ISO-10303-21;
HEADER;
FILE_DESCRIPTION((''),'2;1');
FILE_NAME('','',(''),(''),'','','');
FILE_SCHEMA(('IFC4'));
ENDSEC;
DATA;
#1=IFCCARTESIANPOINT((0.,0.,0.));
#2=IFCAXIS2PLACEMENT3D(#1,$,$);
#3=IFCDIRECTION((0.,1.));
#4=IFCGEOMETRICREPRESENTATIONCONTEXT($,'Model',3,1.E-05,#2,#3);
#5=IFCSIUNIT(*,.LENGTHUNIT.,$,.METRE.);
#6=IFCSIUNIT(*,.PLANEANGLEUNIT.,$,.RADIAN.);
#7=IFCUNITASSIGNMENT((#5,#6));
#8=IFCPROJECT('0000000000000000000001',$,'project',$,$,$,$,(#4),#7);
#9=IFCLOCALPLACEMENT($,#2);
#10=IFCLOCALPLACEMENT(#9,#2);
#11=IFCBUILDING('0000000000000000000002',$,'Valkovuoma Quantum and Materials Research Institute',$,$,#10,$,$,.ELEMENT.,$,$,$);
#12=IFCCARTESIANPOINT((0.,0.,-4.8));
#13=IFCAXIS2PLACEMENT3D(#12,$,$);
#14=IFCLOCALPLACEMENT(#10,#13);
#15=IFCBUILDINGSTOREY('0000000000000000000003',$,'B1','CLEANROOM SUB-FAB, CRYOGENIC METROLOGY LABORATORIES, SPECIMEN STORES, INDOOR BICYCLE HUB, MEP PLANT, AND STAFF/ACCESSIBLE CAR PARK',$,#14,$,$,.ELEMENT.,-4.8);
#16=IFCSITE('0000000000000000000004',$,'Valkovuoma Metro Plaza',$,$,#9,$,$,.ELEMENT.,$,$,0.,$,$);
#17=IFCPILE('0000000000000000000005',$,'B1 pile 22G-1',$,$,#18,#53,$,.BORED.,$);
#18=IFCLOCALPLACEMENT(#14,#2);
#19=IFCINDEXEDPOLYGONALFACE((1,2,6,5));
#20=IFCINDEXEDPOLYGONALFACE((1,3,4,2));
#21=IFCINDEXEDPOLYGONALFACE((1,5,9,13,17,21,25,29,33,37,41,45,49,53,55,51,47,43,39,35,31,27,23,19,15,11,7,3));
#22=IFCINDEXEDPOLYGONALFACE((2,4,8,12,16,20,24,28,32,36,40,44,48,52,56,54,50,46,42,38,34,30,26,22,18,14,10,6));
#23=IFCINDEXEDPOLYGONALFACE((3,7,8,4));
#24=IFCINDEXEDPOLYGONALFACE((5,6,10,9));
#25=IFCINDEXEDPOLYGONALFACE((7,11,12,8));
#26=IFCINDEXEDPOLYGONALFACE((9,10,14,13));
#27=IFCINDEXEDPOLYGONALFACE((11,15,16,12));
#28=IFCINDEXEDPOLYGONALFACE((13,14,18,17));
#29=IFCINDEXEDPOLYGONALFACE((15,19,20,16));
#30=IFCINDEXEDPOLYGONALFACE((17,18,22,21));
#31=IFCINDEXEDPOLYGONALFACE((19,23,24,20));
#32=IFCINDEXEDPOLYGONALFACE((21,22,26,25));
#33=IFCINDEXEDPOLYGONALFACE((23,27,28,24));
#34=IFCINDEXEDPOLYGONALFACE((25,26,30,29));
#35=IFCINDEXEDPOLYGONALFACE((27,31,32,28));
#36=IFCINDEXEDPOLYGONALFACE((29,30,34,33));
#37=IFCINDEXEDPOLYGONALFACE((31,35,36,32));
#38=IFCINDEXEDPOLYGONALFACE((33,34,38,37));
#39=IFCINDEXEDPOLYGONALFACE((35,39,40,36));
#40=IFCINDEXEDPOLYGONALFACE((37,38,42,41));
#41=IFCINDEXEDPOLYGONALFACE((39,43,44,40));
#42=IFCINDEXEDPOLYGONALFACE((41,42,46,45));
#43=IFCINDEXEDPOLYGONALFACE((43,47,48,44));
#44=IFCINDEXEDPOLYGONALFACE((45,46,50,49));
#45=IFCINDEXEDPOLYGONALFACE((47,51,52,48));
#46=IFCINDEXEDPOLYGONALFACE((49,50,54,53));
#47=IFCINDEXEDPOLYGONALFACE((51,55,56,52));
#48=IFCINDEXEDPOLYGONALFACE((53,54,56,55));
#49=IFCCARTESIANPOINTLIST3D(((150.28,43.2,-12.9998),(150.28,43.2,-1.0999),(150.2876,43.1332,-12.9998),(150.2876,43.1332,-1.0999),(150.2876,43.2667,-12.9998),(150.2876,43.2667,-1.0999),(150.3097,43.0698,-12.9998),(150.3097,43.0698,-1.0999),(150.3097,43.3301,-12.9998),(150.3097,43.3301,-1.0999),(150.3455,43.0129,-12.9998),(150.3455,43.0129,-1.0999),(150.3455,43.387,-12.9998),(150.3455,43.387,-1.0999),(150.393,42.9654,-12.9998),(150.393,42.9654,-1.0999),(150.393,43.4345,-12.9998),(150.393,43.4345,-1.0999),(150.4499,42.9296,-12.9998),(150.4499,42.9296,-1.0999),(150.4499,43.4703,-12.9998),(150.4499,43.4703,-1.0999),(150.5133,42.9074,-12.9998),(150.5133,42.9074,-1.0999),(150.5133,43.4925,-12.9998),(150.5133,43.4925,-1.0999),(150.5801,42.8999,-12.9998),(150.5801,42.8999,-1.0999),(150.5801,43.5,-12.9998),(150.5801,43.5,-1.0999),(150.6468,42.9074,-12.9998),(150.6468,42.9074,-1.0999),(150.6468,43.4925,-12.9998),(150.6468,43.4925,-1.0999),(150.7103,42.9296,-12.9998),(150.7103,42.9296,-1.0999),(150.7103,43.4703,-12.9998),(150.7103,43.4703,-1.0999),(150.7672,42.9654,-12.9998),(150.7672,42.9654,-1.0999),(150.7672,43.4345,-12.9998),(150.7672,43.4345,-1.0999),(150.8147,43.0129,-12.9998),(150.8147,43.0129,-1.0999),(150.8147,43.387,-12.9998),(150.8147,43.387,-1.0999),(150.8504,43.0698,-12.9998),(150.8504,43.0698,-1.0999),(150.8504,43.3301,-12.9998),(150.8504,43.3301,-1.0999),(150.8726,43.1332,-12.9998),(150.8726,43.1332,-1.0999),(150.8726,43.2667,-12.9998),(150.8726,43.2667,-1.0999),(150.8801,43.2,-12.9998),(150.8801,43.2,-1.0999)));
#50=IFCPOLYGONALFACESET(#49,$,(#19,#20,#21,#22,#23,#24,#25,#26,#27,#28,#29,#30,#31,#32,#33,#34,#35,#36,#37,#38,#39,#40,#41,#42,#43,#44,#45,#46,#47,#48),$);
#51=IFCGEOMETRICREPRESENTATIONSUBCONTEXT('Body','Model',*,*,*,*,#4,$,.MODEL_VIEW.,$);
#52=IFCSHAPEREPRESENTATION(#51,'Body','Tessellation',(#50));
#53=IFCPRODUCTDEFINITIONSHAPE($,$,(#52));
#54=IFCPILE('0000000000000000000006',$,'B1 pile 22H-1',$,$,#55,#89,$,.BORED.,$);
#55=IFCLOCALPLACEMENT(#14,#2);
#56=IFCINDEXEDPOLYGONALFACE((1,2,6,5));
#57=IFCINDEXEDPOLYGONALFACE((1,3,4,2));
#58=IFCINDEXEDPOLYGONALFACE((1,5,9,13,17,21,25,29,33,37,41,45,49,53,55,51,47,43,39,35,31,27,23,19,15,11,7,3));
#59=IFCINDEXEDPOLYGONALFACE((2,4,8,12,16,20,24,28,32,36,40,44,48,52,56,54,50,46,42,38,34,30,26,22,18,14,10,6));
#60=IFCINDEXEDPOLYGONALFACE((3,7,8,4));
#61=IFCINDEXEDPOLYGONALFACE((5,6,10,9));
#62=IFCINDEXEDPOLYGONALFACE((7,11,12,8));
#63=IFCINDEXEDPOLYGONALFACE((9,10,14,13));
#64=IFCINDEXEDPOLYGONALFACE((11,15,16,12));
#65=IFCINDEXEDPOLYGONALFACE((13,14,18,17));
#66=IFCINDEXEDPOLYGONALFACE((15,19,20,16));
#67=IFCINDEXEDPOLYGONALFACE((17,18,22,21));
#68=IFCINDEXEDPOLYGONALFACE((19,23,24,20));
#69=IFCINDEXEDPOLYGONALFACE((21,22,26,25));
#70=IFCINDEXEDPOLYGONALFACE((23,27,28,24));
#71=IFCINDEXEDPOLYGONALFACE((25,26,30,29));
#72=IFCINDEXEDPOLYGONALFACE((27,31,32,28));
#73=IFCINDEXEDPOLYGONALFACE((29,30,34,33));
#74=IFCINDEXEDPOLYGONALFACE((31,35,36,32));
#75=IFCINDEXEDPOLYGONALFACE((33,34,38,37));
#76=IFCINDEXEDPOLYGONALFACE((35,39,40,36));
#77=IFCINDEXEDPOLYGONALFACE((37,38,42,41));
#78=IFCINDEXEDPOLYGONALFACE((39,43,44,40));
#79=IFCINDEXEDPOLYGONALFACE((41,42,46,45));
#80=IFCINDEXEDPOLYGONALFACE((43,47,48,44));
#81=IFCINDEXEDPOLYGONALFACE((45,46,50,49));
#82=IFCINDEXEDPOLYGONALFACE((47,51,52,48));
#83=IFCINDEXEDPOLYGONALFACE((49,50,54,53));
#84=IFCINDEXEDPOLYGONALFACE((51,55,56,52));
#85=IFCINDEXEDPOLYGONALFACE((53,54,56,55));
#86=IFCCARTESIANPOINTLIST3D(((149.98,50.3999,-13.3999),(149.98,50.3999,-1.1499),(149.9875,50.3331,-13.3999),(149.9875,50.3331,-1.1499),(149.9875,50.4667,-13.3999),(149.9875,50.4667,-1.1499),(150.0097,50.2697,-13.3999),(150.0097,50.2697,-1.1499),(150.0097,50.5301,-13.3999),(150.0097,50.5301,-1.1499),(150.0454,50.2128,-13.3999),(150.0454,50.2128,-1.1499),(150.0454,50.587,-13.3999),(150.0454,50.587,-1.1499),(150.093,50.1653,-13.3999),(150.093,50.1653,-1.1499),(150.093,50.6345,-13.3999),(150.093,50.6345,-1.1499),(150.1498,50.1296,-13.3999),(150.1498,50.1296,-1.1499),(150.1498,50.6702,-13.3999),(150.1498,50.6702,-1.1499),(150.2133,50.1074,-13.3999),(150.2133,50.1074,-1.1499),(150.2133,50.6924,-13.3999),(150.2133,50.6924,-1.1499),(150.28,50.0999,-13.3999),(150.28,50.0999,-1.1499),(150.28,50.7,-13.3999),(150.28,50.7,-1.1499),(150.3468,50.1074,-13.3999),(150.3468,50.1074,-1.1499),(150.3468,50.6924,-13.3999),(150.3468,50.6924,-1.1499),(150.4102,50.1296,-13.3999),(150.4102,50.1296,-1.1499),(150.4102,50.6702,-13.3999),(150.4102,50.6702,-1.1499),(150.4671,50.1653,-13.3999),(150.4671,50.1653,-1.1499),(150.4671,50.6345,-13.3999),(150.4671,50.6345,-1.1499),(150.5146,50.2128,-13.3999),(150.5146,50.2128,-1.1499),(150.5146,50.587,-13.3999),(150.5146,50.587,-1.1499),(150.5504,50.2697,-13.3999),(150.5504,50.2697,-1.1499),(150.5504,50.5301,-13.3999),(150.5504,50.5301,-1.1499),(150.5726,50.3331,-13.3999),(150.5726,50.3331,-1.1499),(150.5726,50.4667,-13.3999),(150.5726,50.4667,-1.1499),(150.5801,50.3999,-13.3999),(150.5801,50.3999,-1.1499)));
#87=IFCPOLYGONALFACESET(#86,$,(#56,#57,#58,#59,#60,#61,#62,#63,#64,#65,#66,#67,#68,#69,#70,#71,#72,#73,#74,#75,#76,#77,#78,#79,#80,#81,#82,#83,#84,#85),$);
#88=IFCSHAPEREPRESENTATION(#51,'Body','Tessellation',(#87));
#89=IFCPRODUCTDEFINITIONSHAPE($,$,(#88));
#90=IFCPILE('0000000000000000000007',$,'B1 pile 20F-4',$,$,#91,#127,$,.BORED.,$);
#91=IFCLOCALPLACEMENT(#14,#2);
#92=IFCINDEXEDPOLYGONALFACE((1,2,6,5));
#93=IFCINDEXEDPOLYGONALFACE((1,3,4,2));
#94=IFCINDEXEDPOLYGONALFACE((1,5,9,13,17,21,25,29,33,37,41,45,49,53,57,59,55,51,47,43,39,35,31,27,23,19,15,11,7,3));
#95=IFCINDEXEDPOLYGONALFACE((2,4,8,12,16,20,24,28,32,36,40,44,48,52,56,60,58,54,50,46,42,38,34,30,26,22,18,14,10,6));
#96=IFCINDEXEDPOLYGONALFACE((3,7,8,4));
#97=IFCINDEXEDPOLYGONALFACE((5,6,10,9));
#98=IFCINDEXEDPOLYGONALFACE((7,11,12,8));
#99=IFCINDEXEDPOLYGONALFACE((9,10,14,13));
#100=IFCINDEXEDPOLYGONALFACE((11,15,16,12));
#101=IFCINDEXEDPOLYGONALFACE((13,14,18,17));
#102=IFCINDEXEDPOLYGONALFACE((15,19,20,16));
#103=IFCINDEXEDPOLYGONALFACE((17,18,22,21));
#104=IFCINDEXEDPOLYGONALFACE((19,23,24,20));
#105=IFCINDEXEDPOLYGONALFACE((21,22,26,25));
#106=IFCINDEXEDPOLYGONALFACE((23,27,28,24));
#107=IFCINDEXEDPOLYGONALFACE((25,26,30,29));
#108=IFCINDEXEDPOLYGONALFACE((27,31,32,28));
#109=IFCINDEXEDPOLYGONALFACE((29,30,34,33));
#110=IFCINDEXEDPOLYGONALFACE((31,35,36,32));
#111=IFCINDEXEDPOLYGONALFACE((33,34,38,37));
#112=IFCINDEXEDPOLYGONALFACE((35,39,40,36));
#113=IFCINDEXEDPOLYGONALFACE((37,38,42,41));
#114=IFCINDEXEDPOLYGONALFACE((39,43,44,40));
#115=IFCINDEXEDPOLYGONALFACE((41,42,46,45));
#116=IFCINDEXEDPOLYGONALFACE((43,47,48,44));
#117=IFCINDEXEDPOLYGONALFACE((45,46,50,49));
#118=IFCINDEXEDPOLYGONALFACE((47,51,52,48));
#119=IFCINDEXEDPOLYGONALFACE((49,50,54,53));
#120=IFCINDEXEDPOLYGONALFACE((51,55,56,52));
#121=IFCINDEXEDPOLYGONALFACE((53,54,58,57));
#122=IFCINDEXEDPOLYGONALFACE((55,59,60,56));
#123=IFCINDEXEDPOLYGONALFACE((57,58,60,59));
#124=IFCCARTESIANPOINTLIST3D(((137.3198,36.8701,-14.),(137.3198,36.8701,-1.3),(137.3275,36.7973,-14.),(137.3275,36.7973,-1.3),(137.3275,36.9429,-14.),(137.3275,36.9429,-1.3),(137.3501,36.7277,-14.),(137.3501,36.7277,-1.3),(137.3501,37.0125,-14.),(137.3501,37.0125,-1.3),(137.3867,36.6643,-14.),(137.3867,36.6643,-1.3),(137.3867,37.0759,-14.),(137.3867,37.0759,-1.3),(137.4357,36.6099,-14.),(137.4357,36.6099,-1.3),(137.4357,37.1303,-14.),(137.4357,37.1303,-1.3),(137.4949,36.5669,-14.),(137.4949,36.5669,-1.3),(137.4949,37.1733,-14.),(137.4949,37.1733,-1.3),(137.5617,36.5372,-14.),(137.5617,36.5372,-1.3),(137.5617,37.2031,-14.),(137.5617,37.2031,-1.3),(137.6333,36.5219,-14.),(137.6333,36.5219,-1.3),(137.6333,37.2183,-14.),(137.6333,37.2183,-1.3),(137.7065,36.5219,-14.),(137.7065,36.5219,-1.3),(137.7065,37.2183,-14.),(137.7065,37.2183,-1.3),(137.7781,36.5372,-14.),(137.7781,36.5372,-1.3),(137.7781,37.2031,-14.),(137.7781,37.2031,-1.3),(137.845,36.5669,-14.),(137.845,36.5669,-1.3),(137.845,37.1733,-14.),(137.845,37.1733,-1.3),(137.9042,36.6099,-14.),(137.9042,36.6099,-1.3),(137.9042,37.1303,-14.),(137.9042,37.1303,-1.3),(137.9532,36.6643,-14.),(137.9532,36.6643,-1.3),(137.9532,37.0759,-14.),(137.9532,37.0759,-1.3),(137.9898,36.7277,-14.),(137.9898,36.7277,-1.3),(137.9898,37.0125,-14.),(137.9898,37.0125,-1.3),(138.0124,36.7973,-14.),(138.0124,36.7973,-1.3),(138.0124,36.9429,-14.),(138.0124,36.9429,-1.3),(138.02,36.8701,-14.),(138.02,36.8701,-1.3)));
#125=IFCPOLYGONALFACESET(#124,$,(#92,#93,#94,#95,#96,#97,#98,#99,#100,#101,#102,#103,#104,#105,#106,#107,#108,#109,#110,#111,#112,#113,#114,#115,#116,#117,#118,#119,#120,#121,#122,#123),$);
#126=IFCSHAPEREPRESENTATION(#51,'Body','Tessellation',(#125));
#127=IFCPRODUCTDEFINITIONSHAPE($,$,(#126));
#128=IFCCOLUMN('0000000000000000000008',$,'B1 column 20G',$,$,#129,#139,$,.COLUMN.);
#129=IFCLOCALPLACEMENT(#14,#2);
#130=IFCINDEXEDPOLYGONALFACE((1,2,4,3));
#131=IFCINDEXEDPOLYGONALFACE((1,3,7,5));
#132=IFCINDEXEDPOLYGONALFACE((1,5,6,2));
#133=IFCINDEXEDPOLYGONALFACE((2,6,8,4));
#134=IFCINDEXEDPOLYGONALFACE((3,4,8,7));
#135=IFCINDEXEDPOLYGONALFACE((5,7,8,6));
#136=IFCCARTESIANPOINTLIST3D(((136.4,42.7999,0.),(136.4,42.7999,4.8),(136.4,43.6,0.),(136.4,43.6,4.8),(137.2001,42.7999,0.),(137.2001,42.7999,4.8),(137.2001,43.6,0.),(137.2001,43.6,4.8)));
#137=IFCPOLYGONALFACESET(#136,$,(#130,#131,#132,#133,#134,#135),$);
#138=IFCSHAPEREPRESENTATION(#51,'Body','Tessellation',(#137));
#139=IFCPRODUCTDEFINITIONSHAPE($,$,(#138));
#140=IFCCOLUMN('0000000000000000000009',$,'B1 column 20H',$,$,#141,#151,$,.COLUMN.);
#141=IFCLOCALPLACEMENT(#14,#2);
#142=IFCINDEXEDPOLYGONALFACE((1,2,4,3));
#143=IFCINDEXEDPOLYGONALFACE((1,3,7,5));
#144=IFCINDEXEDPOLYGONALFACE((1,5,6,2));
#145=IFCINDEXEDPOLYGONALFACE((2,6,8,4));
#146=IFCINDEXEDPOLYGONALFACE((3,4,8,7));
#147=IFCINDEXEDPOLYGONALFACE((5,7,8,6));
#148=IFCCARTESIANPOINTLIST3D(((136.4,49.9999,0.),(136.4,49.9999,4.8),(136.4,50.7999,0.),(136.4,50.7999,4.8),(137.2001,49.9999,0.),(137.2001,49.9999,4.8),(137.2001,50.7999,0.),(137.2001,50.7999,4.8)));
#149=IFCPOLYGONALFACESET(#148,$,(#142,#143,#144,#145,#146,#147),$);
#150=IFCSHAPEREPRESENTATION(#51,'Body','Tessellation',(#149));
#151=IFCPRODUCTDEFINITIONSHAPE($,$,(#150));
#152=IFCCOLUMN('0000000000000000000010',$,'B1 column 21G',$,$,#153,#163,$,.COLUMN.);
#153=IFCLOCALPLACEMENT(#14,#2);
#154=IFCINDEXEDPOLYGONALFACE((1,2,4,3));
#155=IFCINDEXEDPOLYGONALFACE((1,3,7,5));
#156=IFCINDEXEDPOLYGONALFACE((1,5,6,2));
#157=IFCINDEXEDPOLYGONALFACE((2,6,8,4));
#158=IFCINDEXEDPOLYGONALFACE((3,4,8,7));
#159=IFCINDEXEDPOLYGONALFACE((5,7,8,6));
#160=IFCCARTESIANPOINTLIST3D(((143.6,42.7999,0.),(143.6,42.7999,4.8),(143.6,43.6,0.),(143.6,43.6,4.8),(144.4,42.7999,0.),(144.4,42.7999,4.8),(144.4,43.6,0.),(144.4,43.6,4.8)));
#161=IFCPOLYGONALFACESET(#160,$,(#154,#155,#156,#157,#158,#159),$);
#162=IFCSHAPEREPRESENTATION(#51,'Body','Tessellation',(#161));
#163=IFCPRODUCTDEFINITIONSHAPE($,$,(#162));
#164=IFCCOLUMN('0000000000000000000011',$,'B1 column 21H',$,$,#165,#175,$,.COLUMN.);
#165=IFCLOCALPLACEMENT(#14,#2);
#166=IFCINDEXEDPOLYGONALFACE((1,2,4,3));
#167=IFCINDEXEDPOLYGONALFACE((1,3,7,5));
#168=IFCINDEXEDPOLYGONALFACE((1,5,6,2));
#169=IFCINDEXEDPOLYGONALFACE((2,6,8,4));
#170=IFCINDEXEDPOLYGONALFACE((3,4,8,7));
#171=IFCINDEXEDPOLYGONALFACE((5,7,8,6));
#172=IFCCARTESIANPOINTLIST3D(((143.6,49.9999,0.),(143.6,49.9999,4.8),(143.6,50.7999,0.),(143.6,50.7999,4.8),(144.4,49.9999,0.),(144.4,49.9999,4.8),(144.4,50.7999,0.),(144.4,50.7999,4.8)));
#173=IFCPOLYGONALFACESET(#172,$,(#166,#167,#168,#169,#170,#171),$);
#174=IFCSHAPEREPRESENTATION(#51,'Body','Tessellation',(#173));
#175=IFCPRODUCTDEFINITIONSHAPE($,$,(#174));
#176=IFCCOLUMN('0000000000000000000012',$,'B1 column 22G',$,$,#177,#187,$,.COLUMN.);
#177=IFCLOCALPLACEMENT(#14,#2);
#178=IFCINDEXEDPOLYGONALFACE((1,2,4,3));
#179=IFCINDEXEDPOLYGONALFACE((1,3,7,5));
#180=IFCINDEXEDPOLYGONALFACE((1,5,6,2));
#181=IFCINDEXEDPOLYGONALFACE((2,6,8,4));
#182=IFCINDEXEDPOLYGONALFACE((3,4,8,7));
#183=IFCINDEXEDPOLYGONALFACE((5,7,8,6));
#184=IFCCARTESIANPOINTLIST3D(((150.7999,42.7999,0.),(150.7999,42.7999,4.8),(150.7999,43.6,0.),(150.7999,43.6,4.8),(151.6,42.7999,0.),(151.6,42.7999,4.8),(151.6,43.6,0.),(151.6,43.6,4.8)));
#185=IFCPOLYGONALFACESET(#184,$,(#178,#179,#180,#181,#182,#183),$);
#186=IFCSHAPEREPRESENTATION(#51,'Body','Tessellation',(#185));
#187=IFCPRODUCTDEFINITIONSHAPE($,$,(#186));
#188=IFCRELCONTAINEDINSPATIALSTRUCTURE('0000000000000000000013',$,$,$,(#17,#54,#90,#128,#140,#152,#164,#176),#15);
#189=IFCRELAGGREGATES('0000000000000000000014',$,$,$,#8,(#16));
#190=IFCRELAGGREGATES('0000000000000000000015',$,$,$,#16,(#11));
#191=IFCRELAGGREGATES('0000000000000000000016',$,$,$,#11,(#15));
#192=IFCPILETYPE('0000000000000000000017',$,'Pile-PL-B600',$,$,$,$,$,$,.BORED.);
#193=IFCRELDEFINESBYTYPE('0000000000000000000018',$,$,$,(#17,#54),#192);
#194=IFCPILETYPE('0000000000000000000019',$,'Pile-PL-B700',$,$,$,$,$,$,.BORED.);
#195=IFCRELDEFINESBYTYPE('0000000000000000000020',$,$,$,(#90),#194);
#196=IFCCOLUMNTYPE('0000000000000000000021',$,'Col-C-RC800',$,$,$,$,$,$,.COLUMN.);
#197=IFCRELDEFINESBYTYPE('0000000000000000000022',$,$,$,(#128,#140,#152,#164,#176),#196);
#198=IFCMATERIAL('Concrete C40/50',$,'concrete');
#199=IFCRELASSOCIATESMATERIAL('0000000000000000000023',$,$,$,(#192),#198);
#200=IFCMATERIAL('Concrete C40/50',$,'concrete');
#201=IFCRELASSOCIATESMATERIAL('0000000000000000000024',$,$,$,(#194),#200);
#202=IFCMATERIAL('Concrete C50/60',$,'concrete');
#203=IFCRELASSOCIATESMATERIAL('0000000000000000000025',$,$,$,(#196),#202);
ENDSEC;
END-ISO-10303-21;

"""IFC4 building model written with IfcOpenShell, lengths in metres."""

from ifc_helpers import new_model, si_unit, direction, frame, origin, origin_2d, place, context, subcontext, project, spatial, rectangle, circle, extrude, material, material_profile, profile_set, type_object, element, save


model = new_model("IFC4")

# Units and contexts
model_context = context("Model", 3, precision=1e-05, world=origin(), true_north=direction((0.0, 1.0)))
body_context = subcontext(model_context, "Body", "Model", "MODEL_VIEW")
ifc_project = project(units=[si_unit("LENGTHUNIT", "METRE"), si_unit("PLANEANGLEUNIT", "RADIAN")], contexts=[model_context])

# Site, building, storey
site_placement = place(None, origin())
site = spatial("IfcSite", under=ifc_project, at=site_placement, Name="Valkovuoma Metro Plaza", CompositionType="ELEMENT", RefElevation=0.0)
building_placement = place(site_placement, origin())
building = spatial("IfcBuilding", under=site, at=building_placement, Name="Valkovuoma Quantum and Materials Research Institute", CompositionType="ELEMENT")
storey_placement = place(building_placement, frame((0.0, 0.0, -4.8)))
storey = spatial("IfcBuildingStorey", under=building, at=storey_placement, Name="B1", Description="CLEANROOM SUB-FAB, CRYOGENIC METROLOGY LABORATORIES, SPECIMEN STORES, INDOOR BICYCLE HUB, MEP PLANT, AND STAFF/ACCESSIBLE CAR PARK", CompositionType="ELEMENT", Elevation=-4.8)

# Piles
ifc_material_1 = material(Name="Concrete C40/50", Category="concrete")
ifc_material_profile_1 = material_profile(ifc_material_1, circle(Radius=0.3, at=origin_2d()), Name="Concrete C40/50")
ifc_profile_set_1 = profile_set([ifc_material_profile_1], Name="Concrete C40/50")
pile_type_1 = type_object("IfcPileType", Name="Pile-PL-B600", PredefinedType="BORED", material=ifc_profile_set_1)
for number, where, z_axis, x_axis, name in (
    (1, (150.5801, 43.2, -1.0999), (0.0, 0.0, -1.0), (1.0, 0.0, 0.0), "B1 pile 22G-1"),
):
    element("IfcPile", number, at=place(storey_placement, frame(where, z_axis=z_axis, x_axis=x_axis)), inside=storey, type_object=pile_type_1, Name=name, PredefinedType="BORED", context=body_context, shape_type="SweptSolid", body=[
        extrude(circle(Radius=0.3, at=origin_2d()), origin(), (0.0, 0.0, 1.0), 11.8999),
    ])
pile_1_placement = place(storey_placement, frame((150.28, 50.3999, -1.1499), z_axis=(0.0, 0.0, -1.0), x_axis=(1.0, 0.0, 0.0)))
element("IfcPile", 2, at=pile_1_placement, inside=storey, type_object=pile_type_1, Name="B1 pile 22H-1", PredefinedType="BORED", context=body_context, shape_type="SweptSolid", body=[
    extrude(circle(Radius=0.3, at=origin_2d()), origin(), (0.0, 0.0, 1.0), 12.25),
])
ifc_material_2 = material(Name="Concrete C40/50", Category="concrete")
ifc_material_profile_2 = material_profile(ifc_material_2, circle(Radius=0.3501, at=origin_2d()), Name="Concrete C40/50")
ifc_profile_set_2 = profile_set([ifc_material_profile_2], Name="Concrete C40/50")
pile_type_2 = type_object("IfcPileType", Name="Pile-PL-B700", PredefinedType="BORED", material=ifc_profile_set_2)
pile_2_placement = place(storey_placement, frame((137.6699, 36.8701, -1.3), z_axis=(0.0, 0.0, -1.0), x_axis=(1.0, 0.0, 0.0)))
element("IfcPile", 3, at=pile_2_placement, inside=storey, type_object=pile_type_2, Name="B1 pile 20F-4", PredefinedType="BORED", context=body_context, shape_type="SweptSolid", body=[
    extrude(circle(Radius=0.3501, at=origin_2d()), origin(), (0.0, 0.0, 1.0), 12.7),
])

# Columns
ifc_material_3 = material(Name="Concrete C50/60", Category="concrete")
ifc_material_profile_3 = material_profile(ifc_material_3, rectangle(XDim=0.8, YDim=0.8, at=origin_2d()), Name="Concrete C50/60")
ifc_profile_set_3 = profile_set([ifc_material_profile_3], Name="Concrete C50/60")
column_type = type_object("IfcColumnType", Name="Col-C-RC800", PredefinedType="COLUMN", material=ifc_profile_set_3)
for number, where, z_axis, x_axis, name in (
    (4, (136.8, 43.2, 0.0), (0.0, 0.0, 1.0), (1.0, 0.0, 0.0), "B1 column 20G"),
    (5, (136.8, 50.3999, 0.0), (0.0, 0.0, 1.0), (1.0, 0.0, 0.0), "B1 column 20H"),
    (6, (144.0, 43.2, 0.0), (0.0, 0.0, 1.0), (1.0, 0.0, 0.0), "B1 column 21G"),
    (7, (144.0, 50.3999, 0.0), (0.0, 0.0, 1.0), (1.0, 0.0, 0.0), "B1 column 21H"),
    (8, (151.2, 43.2, 0.0), (0.0, 0.0, 1.0), (1.0, 0.0, 0.0), "B1 column 22G"),
):
    element("IfcColumn", number, at=place(storey_placement, frame(where, z_axis=z_axis, x_axis=x_axis)), inside=storey, type_object=column_type, Name=name, PredefinedType="COLUMN", context=body_context, shape_type="SweptSolid", body=[
        extrude(rectangle(XDim=0.8, YDim=0.8, at=origin_2d()), origin(), (0.0, 0.0, 1.0), 4.8),
    ])

save(model, "model.ifc")
